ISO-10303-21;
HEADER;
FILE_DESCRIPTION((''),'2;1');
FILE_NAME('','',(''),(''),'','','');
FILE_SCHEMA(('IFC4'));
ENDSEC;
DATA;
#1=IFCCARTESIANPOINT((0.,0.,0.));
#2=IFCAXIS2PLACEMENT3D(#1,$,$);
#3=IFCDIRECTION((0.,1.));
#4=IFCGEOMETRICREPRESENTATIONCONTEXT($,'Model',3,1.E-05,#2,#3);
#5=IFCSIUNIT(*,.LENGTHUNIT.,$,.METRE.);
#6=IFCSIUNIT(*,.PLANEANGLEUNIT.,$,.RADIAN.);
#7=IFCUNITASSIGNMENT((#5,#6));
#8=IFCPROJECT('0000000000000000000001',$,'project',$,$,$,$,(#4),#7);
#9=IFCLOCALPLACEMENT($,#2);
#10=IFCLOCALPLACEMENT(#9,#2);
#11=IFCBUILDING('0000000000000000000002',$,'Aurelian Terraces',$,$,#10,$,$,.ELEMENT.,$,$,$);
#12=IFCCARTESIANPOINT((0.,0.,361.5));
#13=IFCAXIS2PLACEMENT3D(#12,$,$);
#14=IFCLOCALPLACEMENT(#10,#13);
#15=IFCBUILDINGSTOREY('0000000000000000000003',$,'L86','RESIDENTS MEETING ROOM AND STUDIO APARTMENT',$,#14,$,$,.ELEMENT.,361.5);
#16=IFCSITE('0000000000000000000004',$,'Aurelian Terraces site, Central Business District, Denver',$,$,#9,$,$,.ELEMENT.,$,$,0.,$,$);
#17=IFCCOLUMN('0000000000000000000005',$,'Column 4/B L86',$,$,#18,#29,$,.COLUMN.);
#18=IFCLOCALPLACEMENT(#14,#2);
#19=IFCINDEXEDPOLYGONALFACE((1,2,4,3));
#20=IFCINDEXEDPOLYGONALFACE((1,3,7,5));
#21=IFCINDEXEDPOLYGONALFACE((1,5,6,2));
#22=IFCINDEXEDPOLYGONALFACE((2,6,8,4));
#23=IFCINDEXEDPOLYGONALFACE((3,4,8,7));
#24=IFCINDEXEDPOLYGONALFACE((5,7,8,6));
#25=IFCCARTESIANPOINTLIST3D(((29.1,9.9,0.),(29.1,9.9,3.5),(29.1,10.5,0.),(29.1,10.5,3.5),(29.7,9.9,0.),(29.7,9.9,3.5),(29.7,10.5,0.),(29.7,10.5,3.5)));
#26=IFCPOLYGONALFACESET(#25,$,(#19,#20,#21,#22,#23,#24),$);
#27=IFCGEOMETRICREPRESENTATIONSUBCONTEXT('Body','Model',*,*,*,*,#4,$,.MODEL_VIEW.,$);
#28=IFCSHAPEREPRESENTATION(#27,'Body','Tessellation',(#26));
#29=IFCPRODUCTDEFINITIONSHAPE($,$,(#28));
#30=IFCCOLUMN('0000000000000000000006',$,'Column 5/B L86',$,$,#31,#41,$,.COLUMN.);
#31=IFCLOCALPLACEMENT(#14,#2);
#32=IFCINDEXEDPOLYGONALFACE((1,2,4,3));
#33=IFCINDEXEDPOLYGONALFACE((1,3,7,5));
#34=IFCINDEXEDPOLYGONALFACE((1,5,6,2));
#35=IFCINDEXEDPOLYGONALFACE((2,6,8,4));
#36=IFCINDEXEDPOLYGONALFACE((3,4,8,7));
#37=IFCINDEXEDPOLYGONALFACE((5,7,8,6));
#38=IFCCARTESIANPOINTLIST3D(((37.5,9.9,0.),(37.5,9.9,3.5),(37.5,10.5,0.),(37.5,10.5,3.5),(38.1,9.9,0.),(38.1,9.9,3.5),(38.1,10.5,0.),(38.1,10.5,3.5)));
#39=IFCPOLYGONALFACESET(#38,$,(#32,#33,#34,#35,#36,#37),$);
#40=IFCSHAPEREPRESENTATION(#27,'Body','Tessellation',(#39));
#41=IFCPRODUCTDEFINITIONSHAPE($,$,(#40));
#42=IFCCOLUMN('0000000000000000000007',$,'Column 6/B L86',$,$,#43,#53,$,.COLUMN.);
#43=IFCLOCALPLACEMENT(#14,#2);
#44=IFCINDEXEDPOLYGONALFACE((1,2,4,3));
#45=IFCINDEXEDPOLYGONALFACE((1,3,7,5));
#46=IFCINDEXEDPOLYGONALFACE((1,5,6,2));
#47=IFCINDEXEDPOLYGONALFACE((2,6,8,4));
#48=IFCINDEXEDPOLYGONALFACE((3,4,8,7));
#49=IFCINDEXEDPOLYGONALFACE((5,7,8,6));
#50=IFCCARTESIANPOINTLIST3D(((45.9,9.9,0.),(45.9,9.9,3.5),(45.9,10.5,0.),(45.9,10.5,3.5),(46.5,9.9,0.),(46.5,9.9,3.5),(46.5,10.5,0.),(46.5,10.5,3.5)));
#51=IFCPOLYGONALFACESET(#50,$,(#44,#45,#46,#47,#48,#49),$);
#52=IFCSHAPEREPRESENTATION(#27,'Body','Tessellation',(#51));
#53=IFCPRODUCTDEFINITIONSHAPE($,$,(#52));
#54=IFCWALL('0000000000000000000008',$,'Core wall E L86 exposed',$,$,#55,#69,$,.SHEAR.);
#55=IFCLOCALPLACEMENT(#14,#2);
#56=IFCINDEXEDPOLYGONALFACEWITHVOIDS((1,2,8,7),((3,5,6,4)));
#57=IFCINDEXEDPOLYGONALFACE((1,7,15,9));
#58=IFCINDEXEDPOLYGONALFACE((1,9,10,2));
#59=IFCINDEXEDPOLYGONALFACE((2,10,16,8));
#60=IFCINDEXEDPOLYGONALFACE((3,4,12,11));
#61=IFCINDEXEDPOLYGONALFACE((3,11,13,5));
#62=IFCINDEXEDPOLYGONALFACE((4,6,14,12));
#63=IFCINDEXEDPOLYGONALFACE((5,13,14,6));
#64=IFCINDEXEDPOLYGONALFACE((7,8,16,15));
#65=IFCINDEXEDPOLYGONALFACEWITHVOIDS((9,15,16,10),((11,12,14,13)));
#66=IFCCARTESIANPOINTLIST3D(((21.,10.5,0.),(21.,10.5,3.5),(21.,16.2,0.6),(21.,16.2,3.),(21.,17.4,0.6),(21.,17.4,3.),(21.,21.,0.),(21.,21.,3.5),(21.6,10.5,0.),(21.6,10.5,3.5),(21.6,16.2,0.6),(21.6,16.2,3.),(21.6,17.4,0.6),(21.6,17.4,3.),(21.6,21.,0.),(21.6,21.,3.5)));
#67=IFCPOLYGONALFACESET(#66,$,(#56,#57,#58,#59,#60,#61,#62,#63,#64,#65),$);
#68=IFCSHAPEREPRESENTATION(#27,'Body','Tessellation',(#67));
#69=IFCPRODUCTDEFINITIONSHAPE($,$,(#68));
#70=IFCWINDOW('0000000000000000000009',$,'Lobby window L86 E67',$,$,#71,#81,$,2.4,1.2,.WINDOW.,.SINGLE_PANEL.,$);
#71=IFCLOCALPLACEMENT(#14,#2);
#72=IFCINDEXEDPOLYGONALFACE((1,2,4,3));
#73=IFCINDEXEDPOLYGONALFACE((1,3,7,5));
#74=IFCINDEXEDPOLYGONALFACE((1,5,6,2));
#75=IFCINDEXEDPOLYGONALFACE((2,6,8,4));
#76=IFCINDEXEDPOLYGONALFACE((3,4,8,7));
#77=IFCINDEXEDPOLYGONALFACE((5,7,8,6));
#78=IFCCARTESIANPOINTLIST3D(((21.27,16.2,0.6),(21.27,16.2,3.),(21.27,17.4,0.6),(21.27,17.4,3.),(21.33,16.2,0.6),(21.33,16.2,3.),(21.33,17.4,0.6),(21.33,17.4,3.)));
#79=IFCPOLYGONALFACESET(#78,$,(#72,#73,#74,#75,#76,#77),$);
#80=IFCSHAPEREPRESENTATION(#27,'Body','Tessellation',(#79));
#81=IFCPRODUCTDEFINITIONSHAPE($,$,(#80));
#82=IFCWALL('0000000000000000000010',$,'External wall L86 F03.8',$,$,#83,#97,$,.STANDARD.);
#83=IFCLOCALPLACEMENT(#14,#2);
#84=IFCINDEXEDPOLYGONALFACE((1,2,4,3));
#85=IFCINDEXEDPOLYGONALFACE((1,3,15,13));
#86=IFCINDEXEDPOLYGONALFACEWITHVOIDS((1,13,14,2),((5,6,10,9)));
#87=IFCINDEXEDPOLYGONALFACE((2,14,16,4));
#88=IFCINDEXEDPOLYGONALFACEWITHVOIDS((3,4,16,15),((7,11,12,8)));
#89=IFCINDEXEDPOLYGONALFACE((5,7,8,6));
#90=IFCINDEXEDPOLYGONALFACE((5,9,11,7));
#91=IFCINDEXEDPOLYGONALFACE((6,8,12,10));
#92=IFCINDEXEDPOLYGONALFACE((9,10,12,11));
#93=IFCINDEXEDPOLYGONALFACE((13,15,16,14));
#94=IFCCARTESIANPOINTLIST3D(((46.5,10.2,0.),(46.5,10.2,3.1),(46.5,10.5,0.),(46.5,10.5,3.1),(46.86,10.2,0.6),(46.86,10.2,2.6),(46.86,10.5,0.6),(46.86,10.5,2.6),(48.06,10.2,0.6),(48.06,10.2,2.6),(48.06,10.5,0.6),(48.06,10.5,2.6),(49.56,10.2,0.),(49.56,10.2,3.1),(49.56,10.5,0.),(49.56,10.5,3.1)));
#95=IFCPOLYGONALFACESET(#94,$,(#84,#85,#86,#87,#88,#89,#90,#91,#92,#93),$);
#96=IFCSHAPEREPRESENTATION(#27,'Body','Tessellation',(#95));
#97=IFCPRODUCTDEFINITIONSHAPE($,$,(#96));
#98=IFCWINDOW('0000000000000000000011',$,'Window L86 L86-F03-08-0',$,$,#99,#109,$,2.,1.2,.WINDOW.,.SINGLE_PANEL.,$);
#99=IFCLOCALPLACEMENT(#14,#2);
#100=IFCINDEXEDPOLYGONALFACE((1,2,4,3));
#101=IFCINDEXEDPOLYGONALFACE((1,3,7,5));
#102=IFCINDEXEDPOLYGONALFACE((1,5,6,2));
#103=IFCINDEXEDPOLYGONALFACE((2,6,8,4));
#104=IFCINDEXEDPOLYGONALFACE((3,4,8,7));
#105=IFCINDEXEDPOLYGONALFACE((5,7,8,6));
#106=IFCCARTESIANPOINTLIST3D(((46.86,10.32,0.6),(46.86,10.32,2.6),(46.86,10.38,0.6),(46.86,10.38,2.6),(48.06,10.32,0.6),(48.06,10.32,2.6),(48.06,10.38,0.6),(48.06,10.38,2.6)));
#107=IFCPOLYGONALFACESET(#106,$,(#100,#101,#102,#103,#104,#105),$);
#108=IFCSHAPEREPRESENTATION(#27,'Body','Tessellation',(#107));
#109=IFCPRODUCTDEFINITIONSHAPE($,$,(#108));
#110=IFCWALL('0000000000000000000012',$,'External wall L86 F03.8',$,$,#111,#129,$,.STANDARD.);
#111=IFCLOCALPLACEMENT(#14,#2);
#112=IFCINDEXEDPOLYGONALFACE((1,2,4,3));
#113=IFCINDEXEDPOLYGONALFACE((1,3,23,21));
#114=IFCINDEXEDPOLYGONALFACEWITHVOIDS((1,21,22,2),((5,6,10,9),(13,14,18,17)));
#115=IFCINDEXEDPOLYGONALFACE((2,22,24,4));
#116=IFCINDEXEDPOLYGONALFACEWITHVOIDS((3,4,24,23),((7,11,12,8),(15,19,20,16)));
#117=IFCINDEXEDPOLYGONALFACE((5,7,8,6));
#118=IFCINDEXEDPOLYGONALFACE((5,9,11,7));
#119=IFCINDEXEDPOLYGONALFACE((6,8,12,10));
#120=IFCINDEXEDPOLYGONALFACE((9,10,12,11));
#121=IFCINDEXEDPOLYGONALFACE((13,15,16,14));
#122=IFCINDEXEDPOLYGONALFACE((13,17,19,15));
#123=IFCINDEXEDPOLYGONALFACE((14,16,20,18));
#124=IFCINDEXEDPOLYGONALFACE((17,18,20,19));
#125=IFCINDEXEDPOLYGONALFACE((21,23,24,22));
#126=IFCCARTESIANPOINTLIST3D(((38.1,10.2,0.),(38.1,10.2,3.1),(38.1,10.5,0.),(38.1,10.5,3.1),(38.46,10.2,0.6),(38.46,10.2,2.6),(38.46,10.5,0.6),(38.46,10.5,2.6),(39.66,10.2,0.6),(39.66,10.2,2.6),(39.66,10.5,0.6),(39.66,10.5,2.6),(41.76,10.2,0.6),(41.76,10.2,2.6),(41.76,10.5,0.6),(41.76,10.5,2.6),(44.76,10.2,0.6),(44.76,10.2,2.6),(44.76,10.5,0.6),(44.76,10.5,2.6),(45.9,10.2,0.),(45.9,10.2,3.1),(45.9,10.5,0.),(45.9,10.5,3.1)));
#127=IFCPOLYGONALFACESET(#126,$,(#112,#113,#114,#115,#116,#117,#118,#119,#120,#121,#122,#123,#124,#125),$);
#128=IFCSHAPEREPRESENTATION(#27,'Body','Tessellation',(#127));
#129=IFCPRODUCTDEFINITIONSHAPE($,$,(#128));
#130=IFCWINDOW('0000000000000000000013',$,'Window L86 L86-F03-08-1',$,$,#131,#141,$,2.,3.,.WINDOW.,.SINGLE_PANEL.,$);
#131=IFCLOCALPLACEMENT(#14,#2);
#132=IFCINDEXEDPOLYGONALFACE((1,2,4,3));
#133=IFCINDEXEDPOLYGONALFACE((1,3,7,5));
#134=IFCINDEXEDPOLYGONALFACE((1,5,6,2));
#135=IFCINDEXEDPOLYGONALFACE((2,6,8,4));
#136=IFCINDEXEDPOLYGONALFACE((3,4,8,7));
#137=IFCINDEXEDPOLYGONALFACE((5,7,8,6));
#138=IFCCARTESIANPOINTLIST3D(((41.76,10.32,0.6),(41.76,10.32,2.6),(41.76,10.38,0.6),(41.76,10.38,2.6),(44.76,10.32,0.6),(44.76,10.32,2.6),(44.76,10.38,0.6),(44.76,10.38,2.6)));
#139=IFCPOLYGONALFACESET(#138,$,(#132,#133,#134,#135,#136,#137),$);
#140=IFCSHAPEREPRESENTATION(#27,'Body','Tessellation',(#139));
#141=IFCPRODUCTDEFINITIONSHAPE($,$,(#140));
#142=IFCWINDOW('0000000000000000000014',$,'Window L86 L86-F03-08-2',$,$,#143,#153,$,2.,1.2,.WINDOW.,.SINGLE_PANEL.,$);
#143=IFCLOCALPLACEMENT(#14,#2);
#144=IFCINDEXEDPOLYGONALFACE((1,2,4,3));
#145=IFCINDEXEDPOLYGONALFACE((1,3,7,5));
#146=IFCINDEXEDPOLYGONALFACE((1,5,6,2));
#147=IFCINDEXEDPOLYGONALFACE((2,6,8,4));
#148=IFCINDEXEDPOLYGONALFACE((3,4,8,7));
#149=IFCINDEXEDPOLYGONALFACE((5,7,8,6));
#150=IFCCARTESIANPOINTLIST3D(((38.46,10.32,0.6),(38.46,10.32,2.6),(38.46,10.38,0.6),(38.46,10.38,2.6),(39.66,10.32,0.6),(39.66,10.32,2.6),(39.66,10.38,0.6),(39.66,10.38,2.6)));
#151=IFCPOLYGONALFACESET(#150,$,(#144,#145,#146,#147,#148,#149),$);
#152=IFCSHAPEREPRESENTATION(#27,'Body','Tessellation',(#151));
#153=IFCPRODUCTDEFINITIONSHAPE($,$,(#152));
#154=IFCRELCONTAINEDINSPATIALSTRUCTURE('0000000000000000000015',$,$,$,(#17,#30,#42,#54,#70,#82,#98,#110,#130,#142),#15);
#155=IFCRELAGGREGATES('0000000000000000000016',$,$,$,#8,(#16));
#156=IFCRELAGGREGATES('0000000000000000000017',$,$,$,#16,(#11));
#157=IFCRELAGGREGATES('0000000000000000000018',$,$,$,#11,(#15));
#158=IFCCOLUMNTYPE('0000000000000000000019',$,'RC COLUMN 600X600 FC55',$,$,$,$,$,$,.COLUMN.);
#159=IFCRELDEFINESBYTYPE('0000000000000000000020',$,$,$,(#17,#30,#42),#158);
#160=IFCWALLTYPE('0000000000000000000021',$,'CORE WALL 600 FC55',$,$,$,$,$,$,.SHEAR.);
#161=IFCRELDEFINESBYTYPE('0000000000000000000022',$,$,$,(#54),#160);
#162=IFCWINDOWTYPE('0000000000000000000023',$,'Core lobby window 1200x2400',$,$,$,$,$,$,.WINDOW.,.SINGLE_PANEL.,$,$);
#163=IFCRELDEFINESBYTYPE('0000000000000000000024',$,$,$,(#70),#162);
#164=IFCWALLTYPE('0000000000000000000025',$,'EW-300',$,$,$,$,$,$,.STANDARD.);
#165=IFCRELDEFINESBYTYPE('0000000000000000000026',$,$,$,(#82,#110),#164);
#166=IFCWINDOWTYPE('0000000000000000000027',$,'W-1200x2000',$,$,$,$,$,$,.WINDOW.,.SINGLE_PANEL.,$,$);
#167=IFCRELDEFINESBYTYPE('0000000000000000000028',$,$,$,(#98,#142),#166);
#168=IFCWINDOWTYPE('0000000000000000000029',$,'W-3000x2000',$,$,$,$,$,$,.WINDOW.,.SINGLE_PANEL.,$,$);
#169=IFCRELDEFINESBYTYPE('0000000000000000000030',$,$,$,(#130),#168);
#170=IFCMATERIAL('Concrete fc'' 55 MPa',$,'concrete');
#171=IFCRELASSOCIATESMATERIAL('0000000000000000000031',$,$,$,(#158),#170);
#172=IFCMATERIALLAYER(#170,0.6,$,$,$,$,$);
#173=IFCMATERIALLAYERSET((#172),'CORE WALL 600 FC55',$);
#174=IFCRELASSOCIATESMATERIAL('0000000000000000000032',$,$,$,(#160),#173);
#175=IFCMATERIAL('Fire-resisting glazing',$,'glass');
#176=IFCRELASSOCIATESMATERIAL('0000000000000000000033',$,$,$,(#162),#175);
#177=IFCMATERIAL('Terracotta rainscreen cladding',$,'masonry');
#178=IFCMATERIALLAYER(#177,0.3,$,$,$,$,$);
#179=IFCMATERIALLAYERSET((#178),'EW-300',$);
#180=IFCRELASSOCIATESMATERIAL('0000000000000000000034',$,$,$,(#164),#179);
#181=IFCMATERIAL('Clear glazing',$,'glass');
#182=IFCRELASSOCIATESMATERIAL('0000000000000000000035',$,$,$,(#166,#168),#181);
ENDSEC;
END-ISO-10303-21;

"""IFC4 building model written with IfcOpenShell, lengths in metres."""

from ifc_helpers import new_model, si_unit, direction, frame, frame_2d, origin, origin_2d, place, context, subcontext, project, spatial, rectangle, extrude, source, transform, mapped, material, layer, layer_set, material_profile, profile_set, type_object, element, fill, save


model = new_model("IFC4")

# Units and contexts
model_context = context("Model", 3, precision=1e-05, world=origin(), true_north=direction((0.0, 1.0)))
body_context = subcontext(model_context, "Body", "Model", "MODEL_VIEW")
ifc_project = project(units=[si_unit("LENGTHUNIT", "METRE"), si_unit("PLANEANGLEUNIT", "RADIAN")], contexts=[model_context])

# Site, building, storey
site_placement = place(None, origin())
site = spatial("IfcSite", under=ifc_project, at=site_placement, Name="Aurelian Terraces site, Central Business District, Denver", CompositionType="ELEMENT", RefElevation=0.0)
building_placement = place(site_placement, origin())
building = spatial("IfcBuilding", under=site, at=building_placement, Name="Aurelian Terraces", CompositionType="ELEMENT")
storey_placement = place(building_placement, frame((0.0, 0.0, 361.5)))
storey = spatial("IfcBuildingStorey", under=building, at=storey_placement, Name="L86", Description="RESIDENTS MEETING ROOM AND STUDIO APARTMENT", CompositionType="ELEMENT", Elevation=361.5)

# Columns
ifc_material_1 = material(Name="Concrete fc' 55 MPa", Category="concrete")
ifc_material_profile = material_profile(ifc_material_1, rectangle(XDim=0.6, YDim=0.6, at=origin_2d()))
ifc_profile_set = profile_set([ifc_material_profile], Name="Concrete fc' 55 MPa")
column_type = type_object("IfcColumnType", Name="RC COLUMN 600X600 FC55", PredefinedType="COLUMN", material=ifc_profile_set)
shared_shape_1 = source(origin(), body_context, "Body", "SweptSolid", [
    extrude(rectangle(XDim=0.6, YDim=0.6, at=origin_2d()), origin(), (0.0, 0.0, 1.0), 3.5),
])
for number, where, z_axis, x_axis, name in (
    (1, (29.4, 10.2, 0.0), (0.0, 0.0, 1.0), (1.0, 0.0, 0.0), "Column 4/B L86"),
    (2, (37.8, 10.2, 0.0), (0.0, 0.0, 1.0), (1.0, 0.0, 0.0), "Column 5/B L86"),
    (3, (46.2, 10.2, 0.0), (0.0, 0.0, 1.0), (1.0, 0.0, 0.0), "Column 6/B L86"),
):
    element("IfcColumn", number, at=place(storey_placement, frame(where, z_axis=z_axis, x_axis=x_axis)), inside=storey, type_object=column_type, Name=name, PredefinedType="COLUMN", context=body_context, shape_type="MappedRepresentation", body=[
        mapped(shared_shape_1, transform((0.0, 0.0, 0.0), scale=1.0)),
    ])

# Walls, openings, windows
ifc_layer_1 = layer(ifc_material_1, 0.6)
ifc_layer_set_1 = layer_set([ifc_layer_1], Name="CORE WALL 600 FC55")
wall_type_1 = type_object("IfcWallType", Name="CORE WALL 600 FC55", PredefinedType="SHEAR", material=ifc_layer_set_1)
shared_shape_2 = source(origin(), body_context, "Body", "SweptSolid", [
    extrude(rectangle(XDim=10.5, YDim=0.6, at=frame_2d((5.25, 0.0))), origin(), (0.0, 0.0, 1.0), 3.5),
])
wall_1_placement = place(storey_placement, frame((21.3, 10.5, 0.0), z_axis=(0.0, 0.0, 1.0), x_axis=(0.0, 1.0, 0.0)))
wall_1 = element("IfcWall", 4, at=wall_1_placement, inside=storey, type_object=wall_type_1, Name="Core wall E L86 exposed", PredefinedType="SHEAR", context=body_context, shape_type="MappedRepresentation", body=[
    mapped(shared_shape_2, transform((0.0, 0.0, 0.0), scale=1.0)),
])
shared_shape_3 = source(origin(), body_context, "Body", "SweptSolid", [
    extrude(rectangle(XDim=1.2, YDim=2.4, at=frame_2d((0.6, 1.2))), frame((0.0, 0.31, 0.0), z_axis=(0.0, -1.0, 0.0), x_axis=(1.0, 0.0, 0.0)), (0.0, 0.0, 1.0), 0.62),
])
opening_1_placement = place(wall_1_placement, frame((5.7, 0.0, 0.6)))
opening_1 = element("IfcOpeningElement", 5, at=opening_1_placement, cuts=wall_1, PredefinedType="OPENING", context=body_context, shape_type="MappedRepresentation", body=[
    mapped(shared_shape_3, transform((0.0, 0.0, 0.0), scale=1.0)),
])
ifc_material_2 = material(Name="Fire-resisting glazing", Category="glass")
window_type_1 = type_object("IfcWindowType", Name="Core lobby window 1200x2400", PartitioningType="SINGLE_PANEL", PredefinedType="WINDOW", material=ifc_material_2)
shared_shape_4 = source(origin(), body_context, "Body", "SweptSolid", [
    extrude(rectangle(XDim=1.2, YDim=2.4, at=frame_2d((0.6, 1.2))), frame((0.0, 0.03, 0.0), z_axis=(0.0, -1.0, 0.0), x_axis=(1.0, 0.0, 0.0)), (0.0, 0.0, 1.0), 0.06),
])
window_1_placement = place(opening_1_placement, origin())
window_1 = element("IfcWindow", 6, at=window_1_placement, inside=storey, type_object=window_type_1, Name="Lobby window L86 E67", OverallHeight=2.4, OverallWidth=1.2, PartitioningType="SINGLE_PANEL", PredefinedType="WINDOW", context=body_context, shape_type="MappedRepresentation", body=[
    mapped(shared_shape_4, transform((0.0, 0.0, 0.0), scale=1.0)),
])
fill(opening_1, window_1)
ifc_material_3 = material(Name="Terracotta rainscreen cladding", Category="masonry")
ifc_layer_2 = layer(ifc_material_3, 0.3)
ifc_layer_set_2 = layer_set([ifc_layer_2], Name="EW-300")
wall_type_2 = type_object("IfcWallType", Name="EW-300", PredefinedType="STANDARD", material=ifc_layer_set_2)
shared_shape_5 = source(origin(), body_context, "Body", "SweptSolid", [
    extrude(rectangle(XDim=3.06, YDim=0.3, at=frame_2d((1.53, 0.0))), origin(), (0.0, 0.0, 1.0), 3.1),
])
wall_2_placement = place(storey_placement, frame((49.56, 10.35, 0.0), z_axis=(0.0, 0.0, 1.0), x_axis=(-1.0, 0.0, 0.0)))
wall_2 = element("IfcWall", 7, at=wall_2_placement, inside=storey, type_object=wall_type_2, Name="External wall L86 F03.8", PredefinedType="STANDARD", context=body_context, shape_type="MappedRepresentation", body=[
    mapped(shared_shape_5, transform((0.0, 0.0, 0.0), scale=1.0)),
])
shared_shape_6 = source(origin(), body_context, "Body", "SweptSolid", [
    extrude(rectangle(XDim=1.2, YDim=2.0, at=frame_2d((0.6, 1.0))), frame((0.0, 0.16, 0.0), z_axis=(0.0, -1.0, 0.0), x_axis=(1.0, 0.0, 0.0)), (0.0, 0.0, 1.0), 0.32),
])
opening_2_placement = place(wall_2_placement, frame((1.5, 0.0, 0.6)))
opening_2 = element("IfcOpeningElement", 8, at=opening_2_placement, cuts=wall_2, PredefinedType="OPENING", context=body_context, shape_type="MappedRepresentation", body=[
    mapped(shared_shape_6, transform((0.0, 0.0, 0.0), scale=1.0)),
])
ifc_material_4 = material(Name="Clear glazing", Category="glass")
window_type_2 = type_object("IfcWindowType", Name="W-1200x2000", PartitioningType="SINGLE_PANEL", PredefinedType="WINDOW", material=ifc_material_4)
shared_shape_7 = source(origin(), body_context, "Body", "SweptSolid", [
    extrude(rectangle(XDim=1.2, YDim=2.0, at=frame_2d((0.6, 1.0))), frame((0.0, 0.03, 0.0), z_axis=(0.0, -1.0, 0.0), x_axis=(1.0, 0.0, 0.0)), (0.0, 0.0, 1.0), 0.06),
])
window_2_placement = place(opening_2_placement, origin())
window_2 = element("IfcWindow", 9, at=window_2_placement, inside=storey, type_object=window_type_2, Name="Window L86 L86-F03-08-0", OverallHeight=2.0, OverallWidth=1.2, PartitioningType="SINGLE_PANEL", PredefinedType="WINDOW", context=body_context, shape_type="MappedRepresentation", body=[
    mapped(shared_shape_7, transform((0.0, 0.0, 0.0), scale=1.0)),
])
fill(opening_2, window_2)

# Wall, openings, windows
shared_shape_8 = source(origin(), body_context, "Body", "SweptSolid", [
    extrude(rectangle(XDim=7.8, YDim=0.3, at=frame_2d((3.9, 0.0))), origin(), (0.0, 0.0, 1.0), 3.1),
])
wall_3_placement = place(storey_placement, frame((45.9, 10.35, 0.0), z_axis=(0.0, 0.0, 1.0), x_axis=(-1.0, 0.0, 0.0)))
wall_3 = element("IfcWall", 10, at=wall_3_placement, inside=storey, type_object=wall_type_2, Name="External wall L86 F03.8", PredefinedType="STANDARD", context=body_context, shape_type="MappedRepresentation", body=[
    mapped(shared_shape_8, transform((0.0, 0.0, 0.0), scale=1.0)),
])
shared_shape_9 = source(origin(), body_context, "Body", "SweptSolid", [
    extrude(rectangle(XDim=3.0, YDim=2.0, at=frame_2d((1.5, 1.0))), frame((0.0, 0.16, 0.0), z_axis=(0.0, -1.0, 0.0), x_axis=(1.0, 0.0, 0.0)), (0.0, 0.0, 1.0), 0.32),
])
opening_3_placement = place(wall_3_placement, frame((1.14, 0.0, 0.6)))
opening_3 = element("IfcOpeningElement", 11, at=opening_3_placement, cuts=wall_3, PredefinedType="OPENING", context=body_context, shape_type="MappedRepresentation", body=[
    mapped(shared_shape_9, transform((0.0, 0.0, 0.0), scale=1.0)),
])
opening_4_placement = place(wall_3_placement, frame((6.24, 0.0, 0.6)))
opening_4 = element("IfcOpeningElement", 12, at=opening_4_placement, cuts=wall_3, PredefinedType="OPENING", context=body_context, shape_type="MappedRepresentation", body=[
    mapped(shared_shape_6, transform((0.0, 0.0, 0.0), scale=1.0)),
])
window_type_3 = type_object("IfcWindowType", Name="W-3000x2000", PartitioningType="SINGLE_PANEL", PredefinedType="WINDOW", material=ifc_material_4)
shared_shape_10 = source(origin(), body_context, "Body", "SweptSolid", [
    extrude(rectangle(XDim=3.0, YDim=2.0, at=frame_2d((1.5, 1.0))), frame((0.0, 0.03, 0.0), z_axis=(0.0, -1.0, 0.0), x_axis=(1.0, 0.0, 0.0)), (0.0, 0.0, 1.0), 0.06),
])
window_3_placement = place(opening_3_placement, origin())
window_3 = element("IfcWindow", 13, at=window_3_placement, inside=storey, type_object=window_type_3, Name="Window L86 L86-F03-08-1", OverallHeight=2.0, OverallWidth=3.0, PartitioningType="SINGLE_PANEL", PredefinedType="WINDOW", context=body_context, shape_type="MappedRepresentation", body=[
    mapped(shared_shape_10, transform((0.0, 0.0, 0.0), scale=1.0)),
])
fill(opening_3, window_3)
window_4_placement = place(opening_4_placement, origin())
window_4 = element("IfcWindow", 14, at=window_4_placement, inside=storey, type_object=window_type_2, Name="Window L86 L86-F03-08-2", OverallHeight=2.0, OverallWidth=1.2, PartitioningType="SINGLE_PANEL", PredefinedType="WINDOW", context=body_context, shape_type="MappedRepresentation", body=[
    mapped(shared_shape_7, transform((0.0, 0.0, 0.0), scale=1.0)),
])
fill(opening_4, window_4)

save(model, "model.ifc")
